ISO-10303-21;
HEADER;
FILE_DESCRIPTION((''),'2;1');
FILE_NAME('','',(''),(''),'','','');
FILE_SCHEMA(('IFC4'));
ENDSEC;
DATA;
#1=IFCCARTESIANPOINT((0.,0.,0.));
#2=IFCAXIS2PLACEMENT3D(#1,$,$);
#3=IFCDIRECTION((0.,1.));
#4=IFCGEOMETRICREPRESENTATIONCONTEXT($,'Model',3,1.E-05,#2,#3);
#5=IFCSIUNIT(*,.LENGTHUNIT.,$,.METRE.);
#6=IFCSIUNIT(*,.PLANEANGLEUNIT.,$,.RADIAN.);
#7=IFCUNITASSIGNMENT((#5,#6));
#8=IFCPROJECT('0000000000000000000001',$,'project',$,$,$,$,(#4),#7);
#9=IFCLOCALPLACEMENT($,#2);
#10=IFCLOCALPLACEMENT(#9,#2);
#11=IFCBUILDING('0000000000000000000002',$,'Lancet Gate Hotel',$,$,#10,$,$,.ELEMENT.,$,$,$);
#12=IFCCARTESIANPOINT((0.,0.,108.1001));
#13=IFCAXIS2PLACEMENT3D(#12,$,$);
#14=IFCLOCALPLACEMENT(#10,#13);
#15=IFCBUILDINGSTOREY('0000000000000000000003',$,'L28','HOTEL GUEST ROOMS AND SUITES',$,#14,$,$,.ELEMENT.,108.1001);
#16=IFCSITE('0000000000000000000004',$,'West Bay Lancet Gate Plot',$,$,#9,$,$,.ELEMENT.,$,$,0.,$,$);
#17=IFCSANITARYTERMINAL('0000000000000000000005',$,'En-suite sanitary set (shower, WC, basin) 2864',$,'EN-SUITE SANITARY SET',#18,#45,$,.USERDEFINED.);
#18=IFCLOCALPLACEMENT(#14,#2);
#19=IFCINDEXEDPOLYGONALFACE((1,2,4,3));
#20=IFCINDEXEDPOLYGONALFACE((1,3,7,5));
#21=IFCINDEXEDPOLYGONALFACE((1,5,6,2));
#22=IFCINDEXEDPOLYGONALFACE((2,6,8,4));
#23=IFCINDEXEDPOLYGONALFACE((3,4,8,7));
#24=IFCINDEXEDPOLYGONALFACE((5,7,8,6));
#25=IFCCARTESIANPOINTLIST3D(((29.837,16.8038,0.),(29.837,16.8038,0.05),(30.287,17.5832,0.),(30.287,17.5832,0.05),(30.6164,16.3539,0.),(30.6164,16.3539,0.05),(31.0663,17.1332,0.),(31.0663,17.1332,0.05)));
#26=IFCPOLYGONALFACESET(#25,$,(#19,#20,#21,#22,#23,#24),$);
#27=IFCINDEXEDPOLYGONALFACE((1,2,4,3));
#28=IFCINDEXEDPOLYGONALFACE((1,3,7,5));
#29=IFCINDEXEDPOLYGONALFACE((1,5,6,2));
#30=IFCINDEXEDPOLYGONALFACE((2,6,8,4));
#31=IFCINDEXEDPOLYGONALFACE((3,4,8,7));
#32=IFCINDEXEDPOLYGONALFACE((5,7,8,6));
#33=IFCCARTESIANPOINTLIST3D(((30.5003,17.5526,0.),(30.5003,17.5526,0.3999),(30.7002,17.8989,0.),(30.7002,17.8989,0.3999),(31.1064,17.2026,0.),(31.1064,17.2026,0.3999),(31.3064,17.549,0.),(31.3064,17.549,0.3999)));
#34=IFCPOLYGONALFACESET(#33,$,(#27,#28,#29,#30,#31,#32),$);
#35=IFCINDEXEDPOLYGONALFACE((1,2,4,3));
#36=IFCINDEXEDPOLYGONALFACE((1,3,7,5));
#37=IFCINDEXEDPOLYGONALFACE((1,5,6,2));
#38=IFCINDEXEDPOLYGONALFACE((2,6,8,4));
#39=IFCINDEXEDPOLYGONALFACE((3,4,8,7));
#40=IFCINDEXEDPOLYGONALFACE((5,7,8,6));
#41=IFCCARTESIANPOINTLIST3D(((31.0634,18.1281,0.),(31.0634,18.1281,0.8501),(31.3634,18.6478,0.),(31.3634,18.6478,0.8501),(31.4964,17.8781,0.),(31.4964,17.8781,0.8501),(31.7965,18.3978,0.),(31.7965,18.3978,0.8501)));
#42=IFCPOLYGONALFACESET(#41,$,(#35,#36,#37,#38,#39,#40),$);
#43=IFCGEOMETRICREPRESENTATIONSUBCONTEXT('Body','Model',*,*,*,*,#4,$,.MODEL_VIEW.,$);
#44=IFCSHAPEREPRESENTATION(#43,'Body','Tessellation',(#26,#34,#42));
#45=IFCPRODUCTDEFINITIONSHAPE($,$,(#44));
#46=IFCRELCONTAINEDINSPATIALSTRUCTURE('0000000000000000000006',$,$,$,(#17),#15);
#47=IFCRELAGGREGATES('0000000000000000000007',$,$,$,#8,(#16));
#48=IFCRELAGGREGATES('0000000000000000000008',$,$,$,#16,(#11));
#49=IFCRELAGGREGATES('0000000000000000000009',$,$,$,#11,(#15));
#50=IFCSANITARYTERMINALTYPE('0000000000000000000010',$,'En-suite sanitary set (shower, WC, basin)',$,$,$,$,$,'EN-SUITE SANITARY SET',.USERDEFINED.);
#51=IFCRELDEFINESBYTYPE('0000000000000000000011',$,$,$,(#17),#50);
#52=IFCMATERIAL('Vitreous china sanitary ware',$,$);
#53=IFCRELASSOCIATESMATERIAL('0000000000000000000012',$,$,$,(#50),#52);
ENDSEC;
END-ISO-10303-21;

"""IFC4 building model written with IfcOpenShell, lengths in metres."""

from ifc_helpers import new_model, si_unit, direction, frame, origin, origin_2d, place, context, subcontext, project, spatial, rectangle, extrude, material, type_object, element, save


model = new_model("IFC4")

# Units and contexts
model_context = context("Model", 3, precision=1e-05, world=origin(), true_north=direction((0.0, 1.0)))
body_context = subcontext(model_context, "Body", "Model", "MODEL_VIEW")
ifc_project = project(units=[si_unit("LENGTHUNIT", "METRE"), si_unit("PLANEANGLEUNIT", "RADIAN")], contexts=[model_context])

# Site, building, storey
site_placement = place(None, origin())
site = spatial("IfcSite", under=ifc_project, at=site_placement, Name="West Bay Lancet Gate Plot", CompositionType="ELEMENT", RefElevation=0.0)
building_placement = place(site_placement, origin())
building = spatial("IfcBuilding", under=site, at=building_placement, Name="Lancet Gate Hotel", CompositionType="ELEMENT")
storey_placement = place(building_placement, frame((0.0, 0.0, 108.1001)))
storey = spatial("IfcBuildingStorey", under=building, at=storey_placement, Name="L28", Description="HOTEL GUEST ROOMS AND SUITES", CompositionType="ELEMENT", Elevation=108.1001)

# Sanitary terminal
ifc_material_1 = material(Name="Vitreous china sanitary ware")
sanitary_terminal_type = type_object("IfcSanitaryTerminalType", Name="En-suite sanitary set (shower, WC, basin)", ElementType="EN-SUITE SANITARY SET", PredefinedType="USERDEFINED", material=ifc_material_1)
sanitary_terminal_placement = place(storey_placement, frame((30.4517, 16.9685, 0.0), z_axis=(0.0, 0.0, 1.0), x_axis=(1.0, 0.0, 0.0)))
element("IfcSanitaryTerminal", 1, at=sanitary_terminal_placement, inside=storey, type_object=sanitary_terminal_type, Name="En-suite sanitary set (shower, WC, basin) 2864", ObjectType="EN-SUITE SANITARY SET", PredefinedType="USERDEFINED", context=body_context, shape_type="SweptSolid", body=[
    extrude(rectangle(XDim=0.8999, YDim=0.8999, at=origin_2d()), frame((0.0, 0.0, 0.0), z_axis=(0.0, 0.0, 1.0), x_axis=(-0.5, -0.866025, 0.0)), (0.0, 0.0, 1.0), 0.05),
    extrude(rectangle(XDim=0.3999, YDim=0.7, at=origin_2d()), frame((0.4517, 0.5823, 0.0), z_axis=(0.0, 0.0, 1.0), x_axis=(-0.5, -0.866025, 0.0)), (0.0, 0.0, 1.0), 0.3999),
    extrude(rectangle(XDim=0.6001, YDim=0.5, at=origin_2d()), frame((0.9783, 1.2944, 0.0), z_axis=(0.0, 0.0, 1.0), x_axis=(-0.5, -0.866025, 0.0)), (0.0, 0.0, 1.0), 0.8501),
])

save(model, "model.ifc")
